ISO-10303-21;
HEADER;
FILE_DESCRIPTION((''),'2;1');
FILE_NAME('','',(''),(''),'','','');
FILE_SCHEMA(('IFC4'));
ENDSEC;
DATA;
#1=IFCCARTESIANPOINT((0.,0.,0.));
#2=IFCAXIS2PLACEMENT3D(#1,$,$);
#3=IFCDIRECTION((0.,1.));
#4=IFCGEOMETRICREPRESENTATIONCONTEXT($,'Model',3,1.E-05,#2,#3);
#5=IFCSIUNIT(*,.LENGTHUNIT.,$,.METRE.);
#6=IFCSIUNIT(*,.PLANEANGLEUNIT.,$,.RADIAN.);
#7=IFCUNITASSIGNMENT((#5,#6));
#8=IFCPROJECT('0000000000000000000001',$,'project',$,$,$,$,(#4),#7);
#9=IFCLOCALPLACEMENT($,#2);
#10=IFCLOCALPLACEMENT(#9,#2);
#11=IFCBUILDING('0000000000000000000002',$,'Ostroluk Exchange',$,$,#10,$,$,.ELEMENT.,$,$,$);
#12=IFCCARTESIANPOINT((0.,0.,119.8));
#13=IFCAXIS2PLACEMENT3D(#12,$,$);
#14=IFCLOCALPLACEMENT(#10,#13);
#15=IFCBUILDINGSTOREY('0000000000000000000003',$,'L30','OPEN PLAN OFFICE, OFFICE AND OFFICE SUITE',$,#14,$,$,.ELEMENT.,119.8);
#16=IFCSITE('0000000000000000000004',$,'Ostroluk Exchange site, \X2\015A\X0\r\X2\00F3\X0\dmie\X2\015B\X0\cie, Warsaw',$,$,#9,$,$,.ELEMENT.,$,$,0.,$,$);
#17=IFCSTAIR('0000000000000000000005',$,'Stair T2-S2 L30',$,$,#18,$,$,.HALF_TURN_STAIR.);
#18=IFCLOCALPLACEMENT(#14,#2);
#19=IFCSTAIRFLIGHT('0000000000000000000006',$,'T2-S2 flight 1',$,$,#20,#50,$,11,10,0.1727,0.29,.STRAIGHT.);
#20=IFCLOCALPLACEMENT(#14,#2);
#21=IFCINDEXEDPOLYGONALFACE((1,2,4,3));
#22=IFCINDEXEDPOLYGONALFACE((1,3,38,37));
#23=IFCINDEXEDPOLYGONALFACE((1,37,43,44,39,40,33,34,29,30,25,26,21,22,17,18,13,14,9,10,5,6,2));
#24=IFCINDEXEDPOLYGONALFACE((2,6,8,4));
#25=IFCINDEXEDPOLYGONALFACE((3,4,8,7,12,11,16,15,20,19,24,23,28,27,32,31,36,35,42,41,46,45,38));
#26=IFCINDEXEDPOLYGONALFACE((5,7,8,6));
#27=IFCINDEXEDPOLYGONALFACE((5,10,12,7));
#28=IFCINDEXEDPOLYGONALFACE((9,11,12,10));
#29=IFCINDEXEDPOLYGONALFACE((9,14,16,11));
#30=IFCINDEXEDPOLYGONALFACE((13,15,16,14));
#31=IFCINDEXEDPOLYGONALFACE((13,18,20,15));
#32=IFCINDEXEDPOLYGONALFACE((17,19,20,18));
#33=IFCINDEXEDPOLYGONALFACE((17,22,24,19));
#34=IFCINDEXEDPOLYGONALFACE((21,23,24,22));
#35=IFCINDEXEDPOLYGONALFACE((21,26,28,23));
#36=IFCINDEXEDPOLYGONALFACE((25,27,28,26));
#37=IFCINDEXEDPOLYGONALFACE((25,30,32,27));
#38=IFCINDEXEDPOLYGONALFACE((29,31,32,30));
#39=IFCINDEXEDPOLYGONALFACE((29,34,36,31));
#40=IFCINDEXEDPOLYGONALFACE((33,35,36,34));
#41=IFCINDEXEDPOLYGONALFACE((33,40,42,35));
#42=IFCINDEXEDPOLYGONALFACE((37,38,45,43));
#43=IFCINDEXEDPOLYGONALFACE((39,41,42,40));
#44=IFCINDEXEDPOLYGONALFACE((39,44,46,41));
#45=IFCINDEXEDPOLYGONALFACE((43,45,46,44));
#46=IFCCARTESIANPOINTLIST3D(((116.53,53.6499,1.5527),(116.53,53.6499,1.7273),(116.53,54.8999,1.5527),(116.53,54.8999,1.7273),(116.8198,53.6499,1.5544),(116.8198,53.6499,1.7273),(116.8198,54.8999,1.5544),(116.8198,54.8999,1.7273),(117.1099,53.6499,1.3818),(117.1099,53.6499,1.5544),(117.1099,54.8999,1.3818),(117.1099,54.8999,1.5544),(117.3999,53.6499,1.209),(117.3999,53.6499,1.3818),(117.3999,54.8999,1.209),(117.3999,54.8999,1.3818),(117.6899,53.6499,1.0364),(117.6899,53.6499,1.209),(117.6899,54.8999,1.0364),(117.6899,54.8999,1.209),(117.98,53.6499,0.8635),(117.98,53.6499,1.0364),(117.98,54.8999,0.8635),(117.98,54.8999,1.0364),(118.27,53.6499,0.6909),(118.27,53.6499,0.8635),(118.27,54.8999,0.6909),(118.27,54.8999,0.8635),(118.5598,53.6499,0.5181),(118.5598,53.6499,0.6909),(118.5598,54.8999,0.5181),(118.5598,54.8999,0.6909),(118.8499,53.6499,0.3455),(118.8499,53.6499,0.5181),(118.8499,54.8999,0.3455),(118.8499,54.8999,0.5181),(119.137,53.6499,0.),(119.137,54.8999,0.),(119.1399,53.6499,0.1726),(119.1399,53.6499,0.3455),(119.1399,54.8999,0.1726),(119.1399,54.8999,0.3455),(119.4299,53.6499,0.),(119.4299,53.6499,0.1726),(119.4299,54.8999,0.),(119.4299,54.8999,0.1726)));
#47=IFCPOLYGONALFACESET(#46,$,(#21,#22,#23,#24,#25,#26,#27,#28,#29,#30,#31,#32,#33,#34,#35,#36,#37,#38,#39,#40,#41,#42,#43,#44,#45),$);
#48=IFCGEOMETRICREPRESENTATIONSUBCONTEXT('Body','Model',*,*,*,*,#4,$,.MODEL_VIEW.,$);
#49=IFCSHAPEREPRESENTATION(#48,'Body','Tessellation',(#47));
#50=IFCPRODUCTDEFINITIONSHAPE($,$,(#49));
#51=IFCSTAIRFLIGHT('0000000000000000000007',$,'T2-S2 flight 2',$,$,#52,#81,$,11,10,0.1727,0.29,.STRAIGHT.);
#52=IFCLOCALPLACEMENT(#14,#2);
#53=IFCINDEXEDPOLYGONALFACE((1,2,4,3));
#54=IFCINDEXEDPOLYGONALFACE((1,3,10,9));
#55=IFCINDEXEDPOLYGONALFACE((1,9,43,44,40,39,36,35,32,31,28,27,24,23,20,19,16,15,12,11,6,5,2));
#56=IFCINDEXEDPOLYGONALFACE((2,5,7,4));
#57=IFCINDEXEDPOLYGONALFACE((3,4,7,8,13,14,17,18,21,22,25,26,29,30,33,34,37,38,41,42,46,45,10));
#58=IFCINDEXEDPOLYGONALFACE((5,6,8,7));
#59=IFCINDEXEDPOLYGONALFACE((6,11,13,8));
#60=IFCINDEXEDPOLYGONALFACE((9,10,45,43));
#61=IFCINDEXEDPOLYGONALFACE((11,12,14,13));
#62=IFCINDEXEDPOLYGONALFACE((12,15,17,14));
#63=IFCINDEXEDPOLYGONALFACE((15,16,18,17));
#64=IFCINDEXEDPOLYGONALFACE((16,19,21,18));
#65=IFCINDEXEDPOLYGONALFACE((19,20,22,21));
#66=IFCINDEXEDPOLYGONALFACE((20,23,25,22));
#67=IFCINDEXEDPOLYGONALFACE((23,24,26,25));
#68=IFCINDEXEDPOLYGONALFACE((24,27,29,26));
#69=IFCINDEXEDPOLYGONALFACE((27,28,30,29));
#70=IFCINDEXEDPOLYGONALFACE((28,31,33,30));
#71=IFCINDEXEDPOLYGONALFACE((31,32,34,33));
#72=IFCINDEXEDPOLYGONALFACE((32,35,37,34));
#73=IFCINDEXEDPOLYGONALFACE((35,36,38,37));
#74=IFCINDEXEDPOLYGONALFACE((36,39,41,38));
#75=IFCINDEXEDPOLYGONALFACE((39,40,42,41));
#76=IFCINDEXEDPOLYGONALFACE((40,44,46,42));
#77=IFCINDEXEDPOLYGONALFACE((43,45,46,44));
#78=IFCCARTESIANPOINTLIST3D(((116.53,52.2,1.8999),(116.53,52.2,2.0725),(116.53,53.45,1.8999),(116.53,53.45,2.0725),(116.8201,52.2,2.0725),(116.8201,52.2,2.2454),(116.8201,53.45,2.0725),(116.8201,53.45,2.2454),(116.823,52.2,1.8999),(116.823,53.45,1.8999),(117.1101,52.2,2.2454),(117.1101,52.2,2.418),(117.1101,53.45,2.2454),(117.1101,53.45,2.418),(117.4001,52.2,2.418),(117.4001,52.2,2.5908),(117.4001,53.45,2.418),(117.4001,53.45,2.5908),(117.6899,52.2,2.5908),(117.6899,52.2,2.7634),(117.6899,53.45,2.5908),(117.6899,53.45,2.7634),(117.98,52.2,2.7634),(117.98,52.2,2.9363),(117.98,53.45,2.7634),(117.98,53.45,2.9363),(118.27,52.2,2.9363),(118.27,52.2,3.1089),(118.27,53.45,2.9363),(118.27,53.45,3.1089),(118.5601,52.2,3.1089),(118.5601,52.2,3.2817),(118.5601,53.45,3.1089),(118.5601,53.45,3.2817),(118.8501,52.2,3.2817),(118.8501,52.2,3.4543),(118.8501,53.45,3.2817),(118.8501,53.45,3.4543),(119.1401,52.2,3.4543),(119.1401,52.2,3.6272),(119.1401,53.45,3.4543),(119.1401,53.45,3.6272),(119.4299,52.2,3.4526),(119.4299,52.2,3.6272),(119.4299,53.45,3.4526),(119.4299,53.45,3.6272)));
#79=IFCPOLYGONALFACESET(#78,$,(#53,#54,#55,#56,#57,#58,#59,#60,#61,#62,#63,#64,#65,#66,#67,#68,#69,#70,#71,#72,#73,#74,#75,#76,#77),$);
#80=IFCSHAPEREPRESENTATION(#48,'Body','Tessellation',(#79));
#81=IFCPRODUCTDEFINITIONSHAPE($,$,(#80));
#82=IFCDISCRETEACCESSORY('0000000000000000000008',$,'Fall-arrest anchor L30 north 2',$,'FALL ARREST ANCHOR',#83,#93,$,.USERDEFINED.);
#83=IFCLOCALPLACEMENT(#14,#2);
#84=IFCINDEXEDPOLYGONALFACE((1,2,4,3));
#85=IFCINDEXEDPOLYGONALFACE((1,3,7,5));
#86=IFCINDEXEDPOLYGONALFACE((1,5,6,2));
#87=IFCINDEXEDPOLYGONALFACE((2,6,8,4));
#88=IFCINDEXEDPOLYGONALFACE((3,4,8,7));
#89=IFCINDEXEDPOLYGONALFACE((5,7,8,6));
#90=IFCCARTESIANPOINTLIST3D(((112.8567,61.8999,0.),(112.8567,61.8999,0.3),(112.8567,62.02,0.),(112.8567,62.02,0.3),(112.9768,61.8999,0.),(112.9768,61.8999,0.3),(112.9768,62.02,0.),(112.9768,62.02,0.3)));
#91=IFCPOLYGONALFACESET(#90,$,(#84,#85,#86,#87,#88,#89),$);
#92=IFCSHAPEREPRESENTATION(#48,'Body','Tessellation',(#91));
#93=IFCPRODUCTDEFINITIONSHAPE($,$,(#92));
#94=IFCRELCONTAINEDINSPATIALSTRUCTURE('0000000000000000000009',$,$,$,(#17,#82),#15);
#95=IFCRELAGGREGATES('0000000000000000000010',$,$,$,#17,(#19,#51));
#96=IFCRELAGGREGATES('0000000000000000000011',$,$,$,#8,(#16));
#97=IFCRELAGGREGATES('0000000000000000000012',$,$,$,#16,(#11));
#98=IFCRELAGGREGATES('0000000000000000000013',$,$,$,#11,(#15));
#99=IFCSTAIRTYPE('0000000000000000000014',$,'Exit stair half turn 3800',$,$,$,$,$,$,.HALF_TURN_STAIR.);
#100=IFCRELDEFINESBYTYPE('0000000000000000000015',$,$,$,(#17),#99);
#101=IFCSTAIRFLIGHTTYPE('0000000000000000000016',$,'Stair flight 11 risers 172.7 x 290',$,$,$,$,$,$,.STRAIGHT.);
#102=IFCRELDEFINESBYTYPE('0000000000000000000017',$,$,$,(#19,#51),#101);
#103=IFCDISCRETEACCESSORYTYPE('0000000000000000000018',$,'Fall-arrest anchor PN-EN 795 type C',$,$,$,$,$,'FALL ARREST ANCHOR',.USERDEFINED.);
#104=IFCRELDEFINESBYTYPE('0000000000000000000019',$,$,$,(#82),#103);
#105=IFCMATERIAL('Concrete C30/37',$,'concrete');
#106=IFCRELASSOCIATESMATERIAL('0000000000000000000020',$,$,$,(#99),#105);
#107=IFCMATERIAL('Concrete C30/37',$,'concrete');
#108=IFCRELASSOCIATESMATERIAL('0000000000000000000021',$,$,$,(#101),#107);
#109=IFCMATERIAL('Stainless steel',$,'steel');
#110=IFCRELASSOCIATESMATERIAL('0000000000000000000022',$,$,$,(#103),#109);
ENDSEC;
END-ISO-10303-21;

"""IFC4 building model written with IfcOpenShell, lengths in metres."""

from ifc_helpers import new_model, si_unit, direction, frame, origin, origin_2d, place, context, subcontext, project, spatial, polyline, rectangle, outline, extrude, material, type_object, element, aggregate, save


model = new_model("IFC4")

# Units and contexts
model_context = context("Model", 3, precision=1e-05, world=origin(), true_north=direction((0.0, 1.0)))
body_context = subcontext(model_context, "Body", "Model", "MODEL_VIEW")
ifc_project = project(units=[si_unit("LENGTHUNIT", "METRE"), si_unit("PLANEANGLEUNIT", "RADIAN")], contexts=[model_context])

# Site, building, storey
site_placement = place(None, origin())
site = spatial("IfcSite", under=ifc_project, at=site_placement, Name="Ostroluk Exchange site, Śródmieście, Warsaw", CompositionType="ELEMENT", RefElevation=0.0)
building_placement = place(site_placement, origin())
building = spatial("IfcBuilding", under=site, at=building_placement, Name="Ostroluk Exchange", CompositionType="ELEMENT")
storey_placement = place(building_placement, frame((0.0, 0.0, 119.8)))
storey = spatial("IfcBuildingStorey", under=building, at=storey_placement, Name="L30", Description="OPEN PLAN OFFICE, OFFICE AND OFFICE SUITE", CompositionType="ELEMENT", Elevation=119.8)

# Stair, stair flights
ifc_material_1 = material(Name="Concrete C30/37", Category="concrete")
stair_type = type_object("IfcStairType", Name="Exit stair half turn 3800", PredefinedType="HALF_TURN_STAIR", material=ifc_material_1)
stair_placement = place(storey_placement, origin())
stair = element("IfcStair", 1, at=stair_placement, inside=storey, type_object=stair_type, Name="Stair T2-S2 L30", PredefinedType="HALF_TURN_STAIR")
ifc_material_2 = material(Name="Concrete C30/37", Category="concrete")
stair_flight_type = type_object("IfcStairFlightType", Name="Stair flight 11 risers 172.7 x 290", PredefinedType="STRAIGHT", material=ifc_material_2)
stair_flight_1_placement = place(storey_placement, frame((119.4299, 54.2749, 0.0), z_axis=(0.0, 0.0, 1.0), x_axis=(-1.0, 0.0, 0.0)))
stair_flight_1 = element("IfcStairFlight", 2, at=stair_flight_1_placement, type_object=stair_flight_type, Name="T2-S2 flight 1", NumberOfRisers=11, NumberOfTreads=10, PredefinedType="STRAIGHT", RiserHeight=0.1727, TreadLength=0.29, context=body_context, shape_type="SweptSolid", body=[
    extrude(outline(polyline([(0.0, 0.0), (0.0, 0.1726), (0.29, 0.1726), (0.29, 0.3455), (0.5801, 0.3455), (0.5801, 0.5181), (0.8701, 0.5181), (0.8701, 0.6909), (1.1599, 0.6909), (1.1599, 0.8635), (1.45, 0.8635), (1.45, 1.0364), (1.74, 1.0364), (1.74, 1.209), (2.03, 1.209), (2.03, 1.3818), (2.3201, 1.3818), (2.3201, 1.5544), (2.6101, 1.5544), (2.6101, 1.7273), (2.8999, 1.7273), (2.8999, 1.8999), (2.8999, 1.5527), (0.293, 0.0), (0.0, 0.0)])), frame((0.0, 0.625, 0.0), z_axis=(0.0, -1.0, 0.0), x_axis=(1.0, 0.0, 0.0)), (0.0, 0.0, 1.0), 1.25),
])
stair_flight_2_placement = place(storey_placement, frame((116.53, 52.825, 1.8999), z_axis=(0.0, 0.0, 1.0), x_axis=(1.0, 0.0, 0.0)))
stair_flight_2 = element("IfcStairFlight", 3, at=stair_flight_2_placement, type_object=stair_flight_type, Name="T2-S2 flight 2", NumberOfRisers=11, NumberOfTreads=10, PredefinedType="STRAIGHT", RiserHeight=0.1727, TreadLength=0.29, context=body_context, shape_type="SweptSolid", body=[
    extrude(outline(polyline([(0.0, 0.0), (0.0, 0.1726), (0.29, 0.1726), (0.29, 0.3455), (0.5801, 0.3455), (0.5801, 0.5181), (0.8701, 0.5181), (0.8701, 0.6909), (1.1599, 0.6909), (1.1599, 0.8635), (1.45, 0.8635), (1.45, 1.0364), (1.74, 1.0364), (1.74, 1.209), (2.03, 1.209), (2.03, 1.3818), (2.3201, 1.3818), (2.3201, 1.5544), (2.6101, 1.5544), (2.6101, 1.7273), (2.8999, 1.7273), (2.8999, 1.8999), (2.8999, 1.5527), (0.293, 0.0), (0.0, 0.0)])), frame((0.0, 0.625, 0.0), z_axis=(0.0, -1.0, 0.0), x_axis=(1.0, 0.0, 0.0)), (0.0, 0.0, 1.0), 1.25),
])
aggregate(stair, [stair_flight_1, stair_flight_2])

# Discrete accessory
ifc_material_3 = material(Name="Stainless steel", Category="steel")
discrete_accessory_type = type_object("IfcDiscreteAccessoryType", Name="Fall-arrest anchor PN-EN 795 type C", ElementType="FALL ARREST ANCHOR", PredefinedType="USERDEFINED", material=ifc_material_3)
discrete_accessory_placement = place(storey_placement, frame((112.9167, 61.96, 0.0), z_axis=(0.0, 0.0, 1.0), x_axis=(1.0, 0.0, 0.0)))
element("IfcDiscreteAccessory", 4, at=discrete_accessory_placement, inside=storey, type_object=discrete_accessory_type, Name="Fall-arrest anchor L30 north 2", ObjectType="FALL ARREST ANCHOR", PredefinedType="USERDEFINED", context=body_context, shape_type="SweptSolid", body=[
    extrude(rectangle(XDim=0.1201, YDim=0.1201, at=origin_2d()), origin(), (0.0, 0.0, 1.0), 0.3),
])

save(model, "model.ifc")
